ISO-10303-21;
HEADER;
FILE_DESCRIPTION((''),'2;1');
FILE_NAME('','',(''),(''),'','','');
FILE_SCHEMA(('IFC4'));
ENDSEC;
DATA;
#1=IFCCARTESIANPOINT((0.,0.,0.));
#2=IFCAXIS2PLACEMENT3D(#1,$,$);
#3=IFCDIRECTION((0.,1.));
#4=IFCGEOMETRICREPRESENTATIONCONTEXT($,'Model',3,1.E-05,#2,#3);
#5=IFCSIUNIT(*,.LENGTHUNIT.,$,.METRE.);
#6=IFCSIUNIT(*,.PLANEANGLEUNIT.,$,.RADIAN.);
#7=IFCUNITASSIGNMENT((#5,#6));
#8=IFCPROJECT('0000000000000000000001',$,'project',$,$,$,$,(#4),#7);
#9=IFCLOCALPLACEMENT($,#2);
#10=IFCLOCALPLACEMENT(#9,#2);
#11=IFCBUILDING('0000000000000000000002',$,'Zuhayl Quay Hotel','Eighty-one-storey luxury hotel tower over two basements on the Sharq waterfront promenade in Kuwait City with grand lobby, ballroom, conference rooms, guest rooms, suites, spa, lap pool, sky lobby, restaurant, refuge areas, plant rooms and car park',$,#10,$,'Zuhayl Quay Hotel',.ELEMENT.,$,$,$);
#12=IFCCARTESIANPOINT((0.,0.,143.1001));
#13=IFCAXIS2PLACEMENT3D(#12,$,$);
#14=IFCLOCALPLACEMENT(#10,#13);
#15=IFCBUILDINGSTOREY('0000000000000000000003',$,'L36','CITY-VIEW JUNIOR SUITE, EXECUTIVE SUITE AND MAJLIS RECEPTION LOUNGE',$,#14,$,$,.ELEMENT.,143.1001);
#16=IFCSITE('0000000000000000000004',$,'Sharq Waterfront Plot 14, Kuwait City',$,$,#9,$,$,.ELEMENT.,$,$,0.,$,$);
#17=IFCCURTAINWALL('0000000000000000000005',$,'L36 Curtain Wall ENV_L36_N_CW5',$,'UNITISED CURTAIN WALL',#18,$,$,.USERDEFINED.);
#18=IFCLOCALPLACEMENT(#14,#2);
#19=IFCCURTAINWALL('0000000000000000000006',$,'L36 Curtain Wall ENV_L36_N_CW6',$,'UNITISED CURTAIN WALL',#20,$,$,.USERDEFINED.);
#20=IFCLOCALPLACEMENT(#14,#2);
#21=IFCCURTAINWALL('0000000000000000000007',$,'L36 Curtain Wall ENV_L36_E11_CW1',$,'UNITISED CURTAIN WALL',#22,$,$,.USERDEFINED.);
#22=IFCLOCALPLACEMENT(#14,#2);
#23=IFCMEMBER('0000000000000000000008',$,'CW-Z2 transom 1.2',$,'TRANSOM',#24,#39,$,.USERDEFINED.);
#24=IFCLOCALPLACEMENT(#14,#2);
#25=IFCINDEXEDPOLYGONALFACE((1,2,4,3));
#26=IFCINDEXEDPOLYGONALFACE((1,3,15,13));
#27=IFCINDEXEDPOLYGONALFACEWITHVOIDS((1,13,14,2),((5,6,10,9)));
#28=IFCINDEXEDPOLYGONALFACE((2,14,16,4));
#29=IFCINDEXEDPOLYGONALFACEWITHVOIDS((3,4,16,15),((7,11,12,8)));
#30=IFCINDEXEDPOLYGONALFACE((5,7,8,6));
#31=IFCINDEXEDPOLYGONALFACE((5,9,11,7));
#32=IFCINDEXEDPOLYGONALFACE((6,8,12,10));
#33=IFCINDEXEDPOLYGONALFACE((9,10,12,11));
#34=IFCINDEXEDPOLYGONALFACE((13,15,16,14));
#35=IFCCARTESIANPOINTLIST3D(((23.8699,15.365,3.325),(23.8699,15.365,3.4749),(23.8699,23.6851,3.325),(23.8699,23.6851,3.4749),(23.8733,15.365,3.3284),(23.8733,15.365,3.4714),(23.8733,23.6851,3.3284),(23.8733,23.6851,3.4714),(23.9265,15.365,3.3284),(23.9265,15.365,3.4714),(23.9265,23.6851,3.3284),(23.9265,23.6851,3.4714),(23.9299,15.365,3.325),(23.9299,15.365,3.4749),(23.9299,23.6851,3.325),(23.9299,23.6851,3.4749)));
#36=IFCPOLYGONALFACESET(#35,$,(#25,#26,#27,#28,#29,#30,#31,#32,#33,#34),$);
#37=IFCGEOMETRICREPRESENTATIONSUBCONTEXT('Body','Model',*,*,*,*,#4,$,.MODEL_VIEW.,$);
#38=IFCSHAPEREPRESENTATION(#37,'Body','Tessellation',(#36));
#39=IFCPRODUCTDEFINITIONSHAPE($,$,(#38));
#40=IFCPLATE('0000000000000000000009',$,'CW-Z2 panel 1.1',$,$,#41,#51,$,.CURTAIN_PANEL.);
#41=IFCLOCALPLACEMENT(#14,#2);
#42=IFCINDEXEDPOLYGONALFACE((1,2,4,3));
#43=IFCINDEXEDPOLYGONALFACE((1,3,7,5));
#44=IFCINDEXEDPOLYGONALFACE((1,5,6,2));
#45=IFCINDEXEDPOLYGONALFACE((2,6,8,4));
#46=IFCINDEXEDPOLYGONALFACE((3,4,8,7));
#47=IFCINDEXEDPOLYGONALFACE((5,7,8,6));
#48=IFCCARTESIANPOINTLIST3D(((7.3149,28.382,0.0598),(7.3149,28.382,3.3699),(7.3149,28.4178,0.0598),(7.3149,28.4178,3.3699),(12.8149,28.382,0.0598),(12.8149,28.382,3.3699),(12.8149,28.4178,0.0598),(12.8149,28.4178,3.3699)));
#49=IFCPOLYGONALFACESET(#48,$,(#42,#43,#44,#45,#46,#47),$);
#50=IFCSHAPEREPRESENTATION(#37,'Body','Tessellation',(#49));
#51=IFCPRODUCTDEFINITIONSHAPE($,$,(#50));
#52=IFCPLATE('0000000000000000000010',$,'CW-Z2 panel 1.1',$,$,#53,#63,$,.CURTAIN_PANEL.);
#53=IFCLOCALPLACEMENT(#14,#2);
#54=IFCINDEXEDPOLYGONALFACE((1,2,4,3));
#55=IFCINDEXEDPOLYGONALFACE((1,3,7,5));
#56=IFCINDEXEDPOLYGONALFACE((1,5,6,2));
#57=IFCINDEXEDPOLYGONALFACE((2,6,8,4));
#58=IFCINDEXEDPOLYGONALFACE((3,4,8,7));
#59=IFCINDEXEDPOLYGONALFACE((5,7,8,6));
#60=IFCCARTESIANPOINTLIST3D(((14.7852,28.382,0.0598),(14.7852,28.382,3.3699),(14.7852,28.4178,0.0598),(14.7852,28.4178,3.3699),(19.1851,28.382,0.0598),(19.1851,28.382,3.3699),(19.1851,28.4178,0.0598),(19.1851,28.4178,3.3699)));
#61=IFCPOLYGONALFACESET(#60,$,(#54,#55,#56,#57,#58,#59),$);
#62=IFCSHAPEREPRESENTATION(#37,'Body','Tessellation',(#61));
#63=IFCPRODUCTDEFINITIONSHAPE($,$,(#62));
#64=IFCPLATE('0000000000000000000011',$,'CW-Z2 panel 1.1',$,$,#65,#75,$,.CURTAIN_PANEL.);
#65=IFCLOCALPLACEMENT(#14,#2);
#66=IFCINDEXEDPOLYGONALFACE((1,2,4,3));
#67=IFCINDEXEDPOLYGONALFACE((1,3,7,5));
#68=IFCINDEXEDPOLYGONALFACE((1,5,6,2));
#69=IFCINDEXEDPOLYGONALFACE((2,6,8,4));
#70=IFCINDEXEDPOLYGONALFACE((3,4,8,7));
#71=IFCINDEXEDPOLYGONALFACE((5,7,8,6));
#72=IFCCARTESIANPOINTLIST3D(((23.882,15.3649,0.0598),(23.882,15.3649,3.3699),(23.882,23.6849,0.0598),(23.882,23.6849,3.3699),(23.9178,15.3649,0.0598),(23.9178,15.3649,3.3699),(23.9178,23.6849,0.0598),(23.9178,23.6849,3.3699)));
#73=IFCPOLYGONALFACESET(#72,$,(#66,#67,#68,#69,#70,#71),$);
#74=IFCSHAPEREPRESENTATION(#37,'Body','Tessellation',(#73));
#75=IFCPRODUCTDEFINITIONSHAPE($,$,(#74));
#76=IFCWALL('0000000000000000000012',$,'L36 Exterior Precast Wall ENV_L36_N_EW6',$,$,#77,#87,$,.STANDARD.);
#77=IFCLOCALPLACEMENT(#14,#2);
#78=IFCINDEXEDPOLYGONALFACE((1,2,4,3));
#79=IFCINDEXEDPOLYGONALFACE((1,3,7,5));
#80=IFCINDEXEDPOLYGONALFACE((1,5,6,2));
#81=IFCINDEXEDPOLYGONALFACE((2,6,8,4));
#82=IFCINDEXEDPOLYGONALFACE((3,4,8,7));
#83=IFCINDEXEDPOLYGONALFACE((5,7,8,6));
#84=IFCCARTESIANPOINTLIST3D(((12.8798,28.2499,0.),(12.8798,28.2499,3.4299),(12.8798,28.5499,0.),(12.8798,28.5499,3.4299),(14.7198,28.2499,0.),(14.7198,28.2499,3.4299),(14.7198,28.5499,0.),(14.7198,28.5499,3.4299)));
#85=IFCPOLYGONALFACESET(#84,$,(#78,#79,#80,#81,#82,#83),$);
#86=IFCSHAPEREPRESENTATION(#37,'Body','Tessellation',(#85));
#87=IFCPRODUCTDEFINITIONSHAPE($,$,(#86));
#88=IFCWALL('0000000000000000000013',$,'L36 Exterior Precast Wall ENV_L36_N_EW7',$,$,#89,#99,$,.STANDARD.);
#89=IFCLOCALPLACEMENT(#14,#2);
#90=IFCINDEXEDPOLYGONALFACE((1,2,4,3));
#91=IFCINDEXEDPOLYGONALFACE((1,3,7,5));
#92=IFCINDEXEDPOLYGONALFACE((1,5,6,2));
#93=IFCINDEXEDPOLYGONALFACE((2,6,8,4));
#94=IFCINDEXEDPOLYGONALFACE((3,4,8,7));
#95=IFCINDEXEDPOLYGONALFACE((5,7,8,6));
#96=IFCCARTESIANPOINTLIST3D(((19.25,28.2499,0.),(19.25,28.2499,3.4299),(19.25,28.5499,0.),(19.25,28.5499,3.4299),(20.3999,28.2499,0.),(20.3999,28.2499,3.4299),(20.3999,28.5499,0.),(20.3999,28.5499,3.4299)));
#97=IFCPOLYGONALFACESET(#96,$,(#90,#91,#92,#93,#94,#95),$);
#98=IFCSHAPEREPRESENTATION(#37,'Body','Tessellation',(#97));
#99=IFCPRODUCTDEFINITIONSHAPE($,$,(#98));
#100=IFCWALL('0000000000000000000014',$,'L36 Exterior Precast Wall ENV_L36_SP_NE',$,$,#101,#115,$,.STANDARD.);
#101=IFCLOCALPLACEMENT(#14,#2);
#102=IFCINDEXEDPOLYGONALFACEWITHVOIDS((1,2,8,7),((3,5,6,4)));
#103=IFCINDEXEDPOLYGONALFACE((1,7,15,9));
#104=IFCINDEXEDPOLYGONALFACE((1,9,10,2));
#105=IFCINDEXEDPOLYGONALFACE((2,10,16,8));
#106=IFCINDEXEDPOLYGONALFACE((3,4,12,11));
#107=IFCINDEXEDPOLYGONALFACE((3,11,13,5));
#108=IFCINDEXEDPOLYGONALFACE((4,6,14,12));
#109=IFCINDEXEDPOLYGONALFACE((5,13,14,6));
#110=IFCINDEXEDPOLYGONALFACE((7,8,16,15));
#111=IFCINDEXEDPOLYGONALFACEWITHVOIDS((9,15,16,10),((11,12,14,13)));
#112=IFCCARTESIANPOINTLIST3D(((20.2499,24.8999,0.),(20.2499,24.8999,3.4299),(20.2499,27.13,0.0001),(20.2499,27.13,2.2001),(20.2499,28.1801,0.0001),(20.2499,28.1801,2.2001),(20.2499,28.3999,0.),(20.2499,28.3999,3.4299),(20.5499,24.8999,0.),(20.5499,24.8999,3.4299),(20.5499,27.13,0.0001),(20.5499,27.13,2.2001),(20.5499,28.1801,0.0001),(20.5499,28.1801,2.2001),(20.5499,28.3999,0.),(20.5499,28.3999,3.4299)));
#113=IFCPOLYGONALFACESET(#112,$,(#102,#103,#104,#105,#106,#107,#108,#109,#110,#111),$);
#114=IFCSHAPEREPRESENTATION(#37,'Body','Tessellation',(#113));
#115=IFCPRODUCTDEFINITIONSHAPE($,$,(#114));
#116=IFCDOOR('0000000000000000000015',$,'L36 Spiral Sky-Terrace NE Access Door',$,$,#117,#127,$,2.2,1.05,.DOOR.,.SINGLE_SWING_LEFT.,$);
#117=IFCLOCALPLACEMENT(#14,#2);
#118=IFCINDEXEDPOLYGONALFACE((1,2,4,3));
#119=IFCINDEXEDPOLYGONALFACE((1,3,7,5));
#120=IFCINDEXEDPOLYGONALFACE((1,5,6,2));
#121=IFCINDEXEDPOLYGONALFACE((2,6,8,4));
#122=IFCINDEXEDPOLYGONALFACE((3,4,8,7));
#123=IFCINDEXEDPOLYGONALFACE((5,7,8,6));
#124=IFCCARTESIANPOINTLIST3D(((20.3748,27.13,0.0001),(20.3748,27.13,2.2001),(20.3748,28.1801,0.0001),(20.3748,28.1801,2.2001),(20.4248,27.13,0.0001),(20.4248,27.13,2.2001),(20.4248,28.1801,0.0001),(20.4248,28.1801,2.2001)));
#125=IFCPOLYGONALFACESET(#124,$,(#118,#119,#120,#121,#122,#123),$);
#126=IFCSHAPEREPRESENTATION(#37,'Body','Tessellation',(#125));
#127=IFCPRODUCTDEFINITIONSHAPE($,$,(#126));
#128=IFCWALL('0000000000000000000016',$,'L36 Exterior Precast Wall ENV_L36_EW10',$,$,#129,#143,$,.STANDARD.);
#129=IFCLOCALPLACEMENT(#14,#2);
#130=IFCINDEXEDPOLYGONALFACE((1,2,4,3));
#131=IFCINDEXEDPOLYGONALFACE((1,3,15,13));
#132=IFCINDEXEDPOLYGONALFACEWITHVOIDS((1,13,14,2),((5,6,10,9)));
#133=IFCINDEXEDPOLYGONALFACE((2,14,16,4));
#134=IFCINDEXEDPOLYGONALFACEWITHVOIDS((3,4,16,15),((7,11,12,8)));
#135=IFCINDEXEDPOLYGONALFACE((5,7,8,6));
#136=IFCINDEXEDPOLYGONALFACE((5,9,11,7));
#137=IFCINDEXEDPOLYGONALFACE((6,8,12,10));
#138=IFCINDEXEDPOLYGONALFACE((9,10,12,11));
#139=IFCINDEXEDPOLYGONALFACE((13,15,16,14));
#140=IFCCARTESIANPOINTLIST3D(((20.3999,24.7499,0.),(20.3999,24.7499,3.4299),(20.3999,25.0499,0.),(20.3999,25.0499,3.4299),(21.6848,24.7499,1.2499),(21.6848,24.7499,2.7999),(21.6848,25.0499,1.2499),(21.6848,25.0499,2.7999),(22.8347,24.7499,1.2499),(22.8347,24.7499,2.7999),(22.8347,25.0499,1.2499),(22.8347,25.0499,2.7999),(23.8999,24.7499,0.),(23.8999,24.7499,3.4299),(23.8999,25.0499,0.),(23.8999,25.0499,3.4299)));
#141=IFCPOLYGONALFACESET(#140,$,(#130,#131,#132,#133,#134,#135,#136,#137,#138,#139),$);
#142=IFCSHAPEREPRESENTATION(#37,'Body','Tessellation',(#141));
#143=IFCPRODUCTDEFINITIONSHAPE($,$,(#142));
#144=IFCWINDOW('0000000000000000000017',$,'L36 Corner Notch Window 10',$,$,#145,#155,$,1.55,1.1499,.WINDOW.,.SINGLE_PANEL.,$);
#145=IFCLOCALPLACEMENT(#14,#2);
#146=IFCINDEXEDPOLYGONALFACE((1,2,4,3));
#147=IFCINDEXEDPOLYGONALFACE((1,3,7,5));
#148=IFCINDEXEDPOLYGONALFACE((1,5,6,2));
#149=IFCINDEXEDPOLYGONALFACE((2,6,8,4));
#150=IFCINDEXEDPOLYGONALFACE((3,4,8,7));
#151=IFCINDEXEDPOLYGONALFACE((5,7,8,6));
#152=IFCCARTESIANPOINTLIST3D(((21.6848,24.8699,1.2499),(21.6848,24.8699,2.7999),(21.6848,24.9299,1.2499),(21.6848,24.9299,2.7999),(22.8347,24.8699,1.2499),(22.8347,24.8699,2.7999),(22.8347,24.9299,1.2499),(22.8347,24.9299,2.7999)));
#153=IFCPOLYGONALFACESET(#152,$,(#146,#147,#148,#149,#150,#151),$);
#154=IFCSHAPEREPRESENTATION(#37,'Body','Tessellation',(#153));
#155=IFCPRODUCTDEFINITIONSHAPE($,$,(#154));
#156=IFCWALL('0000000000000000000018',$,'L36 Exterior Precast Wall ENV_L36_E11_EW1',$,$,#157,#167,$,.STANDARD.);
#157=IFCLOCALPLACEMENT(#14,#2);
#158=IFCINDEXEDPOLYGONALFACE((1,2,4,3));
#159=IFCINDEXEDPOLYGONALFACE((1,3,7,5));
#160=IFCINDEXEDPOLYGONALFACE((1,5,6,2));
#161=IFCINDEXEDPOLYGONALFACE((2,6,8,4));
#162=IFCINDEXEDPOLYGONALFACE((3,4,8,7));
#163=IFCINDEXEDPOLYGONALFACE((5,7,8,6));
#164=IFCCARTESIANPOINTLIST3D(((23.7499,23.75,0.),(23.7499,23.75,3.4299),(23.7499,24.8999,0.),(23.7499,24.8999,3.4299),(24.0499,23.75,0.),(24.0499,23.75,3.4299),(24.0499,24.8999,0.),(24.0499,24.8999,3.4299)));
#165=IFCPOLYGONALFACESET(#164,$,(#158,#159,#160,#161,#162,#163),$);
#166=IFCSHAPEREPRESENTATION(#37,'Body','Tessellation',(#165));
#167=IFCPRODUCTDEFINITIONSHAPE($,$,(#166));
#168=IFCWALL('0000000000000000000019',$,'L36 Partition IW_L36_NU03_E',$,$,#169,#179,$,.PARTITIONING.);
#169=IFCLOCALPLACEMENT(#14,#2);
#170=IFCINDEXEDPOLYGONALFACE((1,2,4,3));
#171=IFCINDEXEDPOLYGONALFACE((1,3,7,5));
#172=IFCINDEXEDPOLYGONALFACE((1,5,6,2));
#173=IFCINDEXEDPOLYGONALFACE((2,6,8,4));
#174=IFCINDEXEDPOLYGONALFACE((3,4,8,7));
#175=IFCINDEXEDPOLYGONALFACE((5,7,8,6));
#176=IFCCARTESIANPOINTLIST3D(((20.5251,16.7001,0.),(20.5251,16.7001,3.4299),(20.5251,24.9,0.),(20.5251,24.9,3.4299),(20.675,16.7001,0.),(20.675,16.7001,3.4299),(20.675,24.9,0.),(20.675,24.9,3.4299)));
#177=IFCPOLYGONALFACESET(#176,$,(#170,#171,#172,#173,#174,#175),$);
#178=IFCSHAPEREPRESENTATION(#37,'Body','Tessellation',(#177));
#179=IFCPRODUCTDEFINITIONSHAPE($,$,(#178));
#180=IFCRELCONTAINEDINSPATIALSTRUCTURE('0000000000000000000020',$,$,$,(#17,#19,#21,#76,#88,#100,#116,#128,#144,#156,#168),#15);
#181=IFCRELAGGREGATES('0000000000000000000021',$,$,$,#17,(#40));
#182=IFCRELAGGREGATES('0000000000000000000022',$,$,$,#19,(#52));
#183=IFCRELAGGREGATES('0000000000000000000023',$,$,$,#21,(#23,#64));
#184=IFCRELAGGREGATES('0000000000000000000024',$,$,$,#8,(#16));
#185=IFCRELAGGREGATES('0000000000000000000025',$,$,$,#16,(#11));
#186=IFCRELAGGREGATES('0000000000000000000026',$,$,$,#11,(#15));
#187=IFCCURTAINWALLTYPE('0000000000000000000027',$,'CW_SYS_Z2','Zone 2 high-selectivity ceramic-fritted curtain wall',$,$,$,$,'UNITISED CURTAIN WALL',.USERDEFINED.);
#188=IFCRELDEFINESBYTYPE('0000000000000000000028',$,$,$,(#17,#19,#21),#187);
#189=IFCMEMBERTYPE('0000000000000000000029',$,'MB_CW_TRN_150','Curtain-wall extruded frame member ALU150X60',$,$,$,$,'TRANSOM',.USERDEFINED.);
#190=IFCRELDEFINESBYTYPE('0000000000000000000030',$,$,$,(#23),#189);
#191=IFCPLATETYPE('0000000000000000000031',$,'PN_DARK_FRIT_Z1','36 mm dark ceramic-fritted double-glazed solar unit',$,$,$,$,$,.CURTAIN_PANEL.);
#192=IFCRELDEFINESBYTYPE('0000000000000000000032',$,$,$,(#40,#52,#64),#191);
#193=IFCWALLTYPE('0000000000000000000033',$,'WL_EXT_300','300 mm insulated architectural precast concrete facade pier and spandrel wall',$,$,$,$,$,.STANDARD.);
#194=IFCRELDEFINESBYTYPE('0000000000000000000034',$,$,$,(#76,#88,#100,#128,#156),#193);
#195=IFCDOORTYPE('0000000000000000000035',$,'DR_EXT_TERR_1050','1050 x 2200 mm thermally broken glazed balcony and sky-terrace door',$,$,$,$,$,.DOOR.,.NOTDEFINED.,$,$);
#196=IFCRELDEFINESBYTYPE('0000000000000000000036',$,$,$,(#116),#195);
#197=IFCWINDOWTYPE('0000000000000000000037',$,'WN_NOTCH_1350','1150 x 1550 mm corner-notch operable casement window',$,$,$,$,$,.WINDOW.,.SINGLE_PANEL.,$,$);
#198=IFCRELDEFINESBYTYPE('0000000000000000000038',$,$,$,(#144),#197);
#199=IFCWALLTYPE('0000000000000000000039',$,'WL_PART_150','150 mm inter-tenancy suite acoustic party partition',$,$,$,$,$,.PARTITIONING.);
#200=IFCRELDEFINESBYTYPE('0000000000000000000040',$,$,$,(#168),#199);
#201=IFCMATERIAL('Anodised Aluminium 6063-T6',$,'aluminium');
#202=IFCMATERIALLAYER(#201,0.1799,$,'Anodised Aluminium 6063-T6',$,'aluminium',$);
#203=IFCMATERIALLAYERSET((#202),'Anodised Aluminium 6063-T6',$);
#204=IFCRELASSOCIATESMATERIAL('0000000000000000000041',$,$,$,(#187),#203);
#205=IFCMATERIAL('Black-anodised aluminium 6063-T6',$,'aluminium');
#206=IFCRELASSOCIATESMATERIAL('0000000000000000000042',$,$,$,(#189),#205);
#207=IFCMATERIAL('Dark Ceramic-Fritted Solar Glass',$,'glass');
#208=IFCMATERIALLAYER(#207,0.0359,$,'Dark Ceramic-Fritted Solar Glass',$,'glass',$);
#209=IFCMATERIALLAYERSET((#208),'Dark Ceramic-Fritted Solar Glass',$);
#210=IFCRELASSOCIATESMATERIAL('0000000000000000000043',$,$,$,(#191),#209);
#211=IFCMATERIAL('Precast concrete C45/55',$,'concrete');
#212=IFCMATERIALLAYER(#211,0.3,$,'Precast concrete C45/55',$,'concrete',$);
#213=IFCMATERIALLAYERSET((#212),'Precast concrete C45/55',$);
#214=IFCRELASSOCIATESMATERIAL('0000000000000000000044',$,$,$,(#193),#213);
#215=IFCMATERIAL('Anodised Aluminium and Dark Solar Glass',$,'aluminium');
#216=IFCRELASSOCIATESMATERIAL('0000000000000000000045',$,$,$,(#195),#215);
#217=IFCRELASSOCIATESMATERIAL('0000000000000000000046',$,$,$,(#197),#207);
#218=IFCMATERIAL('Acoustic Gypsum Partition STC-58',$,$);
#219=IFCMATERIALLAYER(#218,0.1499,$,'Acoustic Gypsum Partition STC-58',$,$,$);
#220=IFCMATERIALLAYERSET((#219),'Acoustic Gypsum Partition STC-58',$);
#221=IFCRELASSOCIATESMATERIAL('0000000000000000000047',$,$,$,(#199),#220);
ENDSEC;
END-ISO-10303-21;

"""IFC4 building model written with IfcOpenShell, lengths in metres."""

from ifc_helpers import new_model, si_unit, direction, frame, frame_2d, origin, origin_2d, place, context, subcontext, project, spatial, rectangle, hollow_rectangle, extrude, material, layer, layer_set, material_profile, profile_set, type_object, element, fill, aggregate, save


model = new_model("IFC4")

# Units and contexts
model_context = context("Model", 3, precision=1e-05, world=origin(), true_north=direction((0.0, 1.0)))
body_context = subcontext(model_context, "Body", "Model", "MODEL_VIEW")
ifc_project = project(units=[si_unit("LENGTHUNIT", "METRE"), si_unit("PLANEANGLEUNIT", "RADIAN")], contexts=[model_context])

# Site, building, storey
site_placement = place(None, origin())
site = spatial("IfcSite", under=ifc_project, at=site_placement, Name="Sharq Waterfront Plot 14, Kuwait City", CompositionType="ELEMENT", RefElevation=0.0)
building_placement = place(site_placement, origin())
building = spatial("IfcBuilding", under=site, at=building_placement, Name="Zuhayl Quay Hotel", Description="Eighty-one-storey luxury hotel tower over two basements on the Sharq waterfront promenade in Kuwait City with grand lobby, ballroom, conference rooms, guest rooms, suites, spa, lap pool, sky lobby, restaurant, refuge areas, plant rooms and car park", LongName="Zuhayl Quay Hotel", CompositionType="ELEMENT")
storey_placement = place(building_placement, frame((0.0, 0.0, 143.1001)))
storey = spatial("IfcBuildingStorey", under=building, at=storey_placement, Name="L36", Description="CITY-VIEW JUNIOR SUITE, EXECUTIVE SUITE AND MAJLIS RECEPTION LOUNGE", CompositionType="ELEMENT", Elevation=143.1001)

# Curtain wall
ifc_material_1 = material(Name="Anodised Aluminium 6063-T6", Category="aluminium")
ifc_layer_1 = layer(ifc_material_1, 0.1799, Name="Anodised Aluminium 6063-T6", Category="aluminium")
ifc_layer_set_1 = layer_set([ifc_layer_1], Name="Anodised Aluminium 6063-T6")
curtain_wall_type = type_object("IfcCurtainWallType", Name="CW_SYS_Z2", Description="Zone 2 high-selectivity ceramic-fritted curtain wall", ElementType="UNITISED CURTAIN WALL", PredefinedType="USERDEFINED", material=ifc_layer_set_1)
curtain_wall_1_placement = place(storey_placement, origin())
curtain_wall_1 = element("IfcCurtainWall", 1, at=curtain_wall_1_placement, inside=storey, type_object=curtain_wall_type, Name="L36 Curtain Wall ENV_L36_N_CW5", ObjectType="UNITISED CURTAIN WALL", PredefinedType="USERDEFINED")
ifc_material_2 = material(Name="Black-anodised aluminium 6063-T6", Category="aluminium")

# Curtain walls
curtain_wall_2_placement = place(storey_placement, origin())
curtain_wall_2 = element("IfcCurtainWall", 2, at=curtain_wall_2_placement, inside=storey, type_object=curtain_wall_type, Name="L36 Curtain Wall ENV_L36_N_CW6", ObjectType="UNITISED CURTAIN WALL", PredefinedType="USERDEFINED")
curtain_wall_3_placement = place(storey_placement, origin())
curtain_wall_3 = element("IfcCurtainWall", 3, at=curtain_wall_3_placement, inside=storey, type_object=curtain_wall_type, Name="L36 Curtain Wall ENV_L36_E11_CW1", ObjectType="UNITISED CURTAIN WALL", PredefinedType="USERDEFINED")

# Member
ifc_material_profile_1 = material_profile(ifc_material_2, hollow_rectangle(XDim=0.0601, YDim=0.1499, WallThickness=0.0034, at=origin_2d()), Name="ALU150X60")
ifc_profile_set_1 = profile_set([ifc_material_profile_1], Name="Black-anodised aluminium 6063-T6")
member_type_1 = type_object("IfcMemberType", Name="MB_CW_TRN_150", Description="Curtain-wall extruded frame member ALU150X60", ElementType="TRANSOM", PredefinedType="USERDEFINED", material=ifc_profile_set_1)
member_1_placement = place(storey_placement, frame((23.8999, 23.6851, 3.3999), z_axis=(0.0, -1.0, 0.0), x_axis=(1.0, 0.0, 0.0)))
member_1 = element("IfcMember", 4, at=member_1_placement, type_object=member_type_1, Name="CW-Z2 transom 1.2", ObjectType="TRANSOM", PredefinedType="USERDEFINED", context=body_context, shape_type="SweptSolid", body=[
    extrude(hollow_rectangle(XDim=0.0601, YDim=0.1499, WallThickness=0.0034, at=origin_2d()), origin(), (0.0, 0.0, 1.0), 8.3201),
])

# Plates
ifc_material_3 = material(Name="Dark Ceramic-Fritted Solar Glass", Category="glass")
ifc_layer_2 = layer(ifc_material_3, 0.0359, Name="Dark Ceramic-Fritted Solar Glass", Category="glass")
ifc_layer_set_2 = layer_set([ifc_layer_2], Name="Dark Ceramic-Fritted Solar Glass")
plate_type = type_object("IfcPlateType", Name="PN_DARK_FRIT_Z1", Description="36 mm dark ceramic-fritted double-glazed solar unit", PredefinedType="CURTAIN_PANEL", material=ifc_layer_set_2)
plate_1_placement = place(storey_placement, frame((10.0649, 28.3999, 0.0598), z_axis=(0.0, 0.0, 1.0), x_axis=(1.0, 0.0, 0.0)))
plate_1 = element("IfcPlate", 5, at=plate_1_placement, type_object=plate_type, Name="CW-Z2 panel 1.1", PredefinedType="CURTAIN_PANEL", context=body_context, shape_type="SweptSolid", body=[
    extrude(rectangle(XDim=5.5, YDim=0.0359, at=origin_2d()), origin(), (0.0, 0.0, 1.0), 3.3101),
])
aggregate(curtain_wall_1, [plate_1])
plate_2_placement = place(storey_placement, frame((16.9851, 28.3999, 0.0598), z_axis=(0.0, 0.0, 1.0), x_axis=(1.0, 0.0, 0.0)))
plate_2 = element("IfcPlate", 6, at=plate_2_placement, type_object=plate_type, Name="CW-Z2 panel 1.1", PredefinedType="CURTAIN_PANEL", context=body_context, shape_type="SweptSolid", body=[
    extrude(rectangle(XDim=4.3999, YDim=0.0359, at=origin_2d()), origin(), (0.0, 0.0, 1.0), 3.3101),
])
aggregate(curtain_wall_2, [plate_2])
plate_3_placement = place(storey_placement, frame((23.8999, 19.5249, 0.0598), z_axis=(0.0, 0.0, 1.0), x_axis=(0.0, -1.0, 0.0)))
plate_3 = element("IfcPlate", 7, at=plate_3_placement, type_object=plate_type, Name="CW-Z2 panel 1.1", PredefinedType="CURTAIN_PANEL", context=body_context, shape_type="SweptSolid", body=[
    extrude(rectangle(XDim=8.3201, YDim=0.0359, at=origin_2d()), origin(), (0.0, 0.0, 1.0), 3.3101),
])
aggregate(curtain_wall_3, [member_1, plate_3])

# Walls
ifc_material_4 = material(Name="Precast concrete C45/55", Category="concrete")
ifc_layer_3 = layer(ifc_material_4, 0.3, Name="Precast concrete C45/55", Category="concrete")
ifc_layer_set_3 = layer_set([ifc_layer_3], Name="Precast concrete C45/55")
wall_type_1 = type_object("IfcWallType", Name="WL_EXT_300", Description="300 mm insulated architectural precast concrete facade pier and spandrel wall", PredefinedType="STANDARD", material=ifc_layer_set_3)
wall_1_placement = place(storey_placement, frame((12.8799, 28.3999, 0.0), z_axis=(0.0, 0.0, 1.0), x_axis=(1.0, 0.0, 0.0)))
element("IfcWall", 8, at=wall_1_placement, inside=storey, type_object=wall_type_1, Name="L36 Exterior Precast Wall ENV_L36_N_EW6", PredefinedType="STANDARD", context=body_context, shape_type="SweptSolid", body=[
    extrude(rectangle(XDim=1.8401, YDim=0.3, at=frame_2d((0.9199, 0.0))), origin(), (0.0, 0.0, 1.0), 3.4299),
])
wall_2_placement = place(storey_placement, frame((19.25, 28.3999, 0.0), z_axis=(0.0, 0.0, 1.0), x_axis=(1.0, 0.0, 0.0)))
element("IfcWall", 9, at=wall_2_placement, inside=storey, type_object=wall_type_1, Name="L36 Exterior Precast Wall ENV_L36_N_EW7", PredefinedType="STANDARD", context=body_context, shape_type="SweptSolid", body=[
    extrude(rectangle(XDim=1.1499, YDim=0.3, at=frame_2d((0.575, 0.0))), origin(), (0.0, 0.0, 1.0), 3.4299),
])

# Wall, opening, door
wall_3_placement = place(storey_placement, frame((20.3999, 28.3999, 0.0), z_axis=(0.0, 0.0, 1.0), x_axis=(0.0, -1.0, 0.0)))
wall_3 = element("IfcWall", 10, at=wall_3_placement, inside=storey, type_object=wall_type_1, Name="L36 Exterior Precast Wall ENV_L36_SP_NE", PredefinedType="STANDARD", context=body_context, shape_type="SweptSolid", body=[
    extrude(rectangle(XDim=3.5, YDim=0.3, at=frame_2d((1.75, 0.0))), origin(), (0.0, 0.0, 1.0), 3.4299),
])
opening_1_placement = place(wall_3_placement, frame((0.22, 0.0, 0.0)))
opening_1 = element("IfcOpeningElement", 11, at=opening_1_placement, cuts=wall_3, PredefinedType="OPENING", context=body_context, shape_type="SweptSolid", body=[
    extrude(rectangle(XDim=1.05, YDim=2.2, at=frame_2d((0.5249, 1.1001))), frame((0.0, 0.1599, 0.0), z_axis=(0.0, -1.0, 0.0), x_axis=(1.0, 0.0, 0.0)), (0.0, 0.0, 1.0), 0.3201),
])
ifc_material_5 = material(Name="Anodised Aluminium and Dark Solar Glass", Category="aluminium")
door_type = type_object("IfcDoorType", Name="DR_EXT_TERR_1050", Description="1050 x 2200 mm thermally broken glazed balcony and sky-terrace door", OperationType="NOTDEFINED", PredefinedType="DOOR", material=ifc_material_5)
door_placement = place(opening_1_placement, origin())
door = element("IfcDoor", 12, at=door_placement, inside=storey, type_object=door_type, Name="L36 Spiral Sky-Terrace NE Access Door", OperationType="SINGLE_SWING_LEFT", OverallHeight=2.2, OverallWidth=1.05, PredefinedType="DOOR", context=body_context, shape_type="SweptSolid", body=[
    extrude(rectangle(XDim=1.05, YDim=2.2, at=frame_2d((0.5249, 1.1001))), frame((0.0, 0.0249, 0.0), z_axis=(0.0, -1.0, 0.0), x_axis=(1.0, 0.0, 0.0)), (0.0, 0.0, 1.0), 0.05),
])
fill(opening_1, door)

# Wall, opening, window
wall_4_placement = place(storey_placement, frame((20.3999, 24.8999, 0.0), z_axis=(0.0, 0.0, 1.0), x_axis=(1.0, 0.0, 0.0)))
wall_4 = element("IfcWall", 13, at=wall_4_placement, inside=storey, type_object=wall_type_1, Name="L36 Exterior Precast Wall ENV_L36_EW10", PredefinedType="STANDARD", context=body_context, shape_type="SweptSolid", body=[
    extrude(rectangle(XDim=3.5, YDim=0.3, at=frame_2d((1.75, 0.0))), origin(), (0.0, 0.0, 1.0), 3.4299),
])
opening_2_placement = place(wall_4_placement, frame((1.2849, 0.0, 1.25)))
opening_2 = element("IfcOpeningElement", 14, at=opening_2_placement, cuts=wall_4, PredefinedType="OPENING", context=body_context, shape_type="SweptSolid", body=[
    extrude(rectangle(XDim=1.1499, YDim=1.55, at=frame_2d((0.575, 0.7749))), frame((0.0, 0.1599, 0.0), z_axis=(0.0, -1.0, 0.0), x_axis=(1.0, 0.0, 0.0)), (0.0, 0.0, 1.0), 0.3201),
])
window_type = type_object("IfcWindowType", Name="WN_NOTCH_1350", Description="1150 x 1550 mm corner-notch operable casement window", PartitioningType="SINGLE_PANEL", PredefinedType="WINDOW", material=ifc_material_3)
window_placement = place(opening_2_placement, origin())
window = element("IfcWindow", 15, at=window_placement, inside=storey, type_object=window_type, Name="L36 Corner Notch Window 10", OverallHeight=1.55, OverallWidth=1.1499, PartitioningType="SINGLE_PANEL", PredefinedType="WINDOW", context=body_context, shape_type="SweptSolid", body=[
    extrude(rectangle(XDim=1.1499, YDim=1.55, at=frame_2d((0.575, 0.7749))), frame((0.0, 0.03, 0.0), z_axis=(0.0, -1.0, 0.0), x_axis=(1.0, 0.0, 0.0)), (0.0, 0.0, 1.0), 0.0601),
])
fill(opening_2, window)

# Walls
wall_5_placement = place(storey_placement, frame((23.8999, 24.8999, 0.0), z_axis=(0.0, 0.0, 1.0), x_axis=(0.0, -1.0, 0.0)))
element("IfcWall", 16, at=wall_5_placement, inside=storey, type_object=wall_type_1, Name="L36 Exterior Precast Wall ENV_L36_E11_EW1", PredefinedType="STANDARD", context=body_context, shape_type="SweptSolid", body=[
    extrude(rectangle(XDim=1.1499, YDim=0.3, at=frame_2d((0.575, 0.0))), origin(), (0.0, 0.0, 1.0), 3.4299),
])
ifc_material_6 = material(Name="Acoustic Gypsum Partition STC-58")
ifc_layer_4 = layer(ifc_material_6, 0.1499, Name="Acoustic Gypsum Partition STC-58")
ifc_layer_set_4 = layer_set([ifc_layer_4], Name="Acoustic Gypsum Partition STC-58")
wall_type_2 = type_object("IfcWallType", Name="WL_PART_150", Description="150 mm inter-tenancy suite acoustic party partition", PredefinedType="PARTITIONING", material=ifc_layer_set_4)
wall_6_placement = place(storey_placement, frame((20.6001, 16.7, 0.0), z_axis=(0.0, 0.0, 1.0), x_axis=(0.0, 1.0, 0.0)))
element("IfcWall", 17, at=wall_6_placement, inside=storey, type_object=wall_type_2, Name="L36 Partition IW_L36_NU03_E", PredefinedType="PARTITIONING", context=body_context, shape_type="SweptSolid", body=[
    extrude(rectangle(XDim=8.2, YDim=0.1499, at=frame_2d((4.1001, 0.0))), origin(), (0.0, 0.0, 1.0), 3.4299),
])

save(model, "model.ifc")
